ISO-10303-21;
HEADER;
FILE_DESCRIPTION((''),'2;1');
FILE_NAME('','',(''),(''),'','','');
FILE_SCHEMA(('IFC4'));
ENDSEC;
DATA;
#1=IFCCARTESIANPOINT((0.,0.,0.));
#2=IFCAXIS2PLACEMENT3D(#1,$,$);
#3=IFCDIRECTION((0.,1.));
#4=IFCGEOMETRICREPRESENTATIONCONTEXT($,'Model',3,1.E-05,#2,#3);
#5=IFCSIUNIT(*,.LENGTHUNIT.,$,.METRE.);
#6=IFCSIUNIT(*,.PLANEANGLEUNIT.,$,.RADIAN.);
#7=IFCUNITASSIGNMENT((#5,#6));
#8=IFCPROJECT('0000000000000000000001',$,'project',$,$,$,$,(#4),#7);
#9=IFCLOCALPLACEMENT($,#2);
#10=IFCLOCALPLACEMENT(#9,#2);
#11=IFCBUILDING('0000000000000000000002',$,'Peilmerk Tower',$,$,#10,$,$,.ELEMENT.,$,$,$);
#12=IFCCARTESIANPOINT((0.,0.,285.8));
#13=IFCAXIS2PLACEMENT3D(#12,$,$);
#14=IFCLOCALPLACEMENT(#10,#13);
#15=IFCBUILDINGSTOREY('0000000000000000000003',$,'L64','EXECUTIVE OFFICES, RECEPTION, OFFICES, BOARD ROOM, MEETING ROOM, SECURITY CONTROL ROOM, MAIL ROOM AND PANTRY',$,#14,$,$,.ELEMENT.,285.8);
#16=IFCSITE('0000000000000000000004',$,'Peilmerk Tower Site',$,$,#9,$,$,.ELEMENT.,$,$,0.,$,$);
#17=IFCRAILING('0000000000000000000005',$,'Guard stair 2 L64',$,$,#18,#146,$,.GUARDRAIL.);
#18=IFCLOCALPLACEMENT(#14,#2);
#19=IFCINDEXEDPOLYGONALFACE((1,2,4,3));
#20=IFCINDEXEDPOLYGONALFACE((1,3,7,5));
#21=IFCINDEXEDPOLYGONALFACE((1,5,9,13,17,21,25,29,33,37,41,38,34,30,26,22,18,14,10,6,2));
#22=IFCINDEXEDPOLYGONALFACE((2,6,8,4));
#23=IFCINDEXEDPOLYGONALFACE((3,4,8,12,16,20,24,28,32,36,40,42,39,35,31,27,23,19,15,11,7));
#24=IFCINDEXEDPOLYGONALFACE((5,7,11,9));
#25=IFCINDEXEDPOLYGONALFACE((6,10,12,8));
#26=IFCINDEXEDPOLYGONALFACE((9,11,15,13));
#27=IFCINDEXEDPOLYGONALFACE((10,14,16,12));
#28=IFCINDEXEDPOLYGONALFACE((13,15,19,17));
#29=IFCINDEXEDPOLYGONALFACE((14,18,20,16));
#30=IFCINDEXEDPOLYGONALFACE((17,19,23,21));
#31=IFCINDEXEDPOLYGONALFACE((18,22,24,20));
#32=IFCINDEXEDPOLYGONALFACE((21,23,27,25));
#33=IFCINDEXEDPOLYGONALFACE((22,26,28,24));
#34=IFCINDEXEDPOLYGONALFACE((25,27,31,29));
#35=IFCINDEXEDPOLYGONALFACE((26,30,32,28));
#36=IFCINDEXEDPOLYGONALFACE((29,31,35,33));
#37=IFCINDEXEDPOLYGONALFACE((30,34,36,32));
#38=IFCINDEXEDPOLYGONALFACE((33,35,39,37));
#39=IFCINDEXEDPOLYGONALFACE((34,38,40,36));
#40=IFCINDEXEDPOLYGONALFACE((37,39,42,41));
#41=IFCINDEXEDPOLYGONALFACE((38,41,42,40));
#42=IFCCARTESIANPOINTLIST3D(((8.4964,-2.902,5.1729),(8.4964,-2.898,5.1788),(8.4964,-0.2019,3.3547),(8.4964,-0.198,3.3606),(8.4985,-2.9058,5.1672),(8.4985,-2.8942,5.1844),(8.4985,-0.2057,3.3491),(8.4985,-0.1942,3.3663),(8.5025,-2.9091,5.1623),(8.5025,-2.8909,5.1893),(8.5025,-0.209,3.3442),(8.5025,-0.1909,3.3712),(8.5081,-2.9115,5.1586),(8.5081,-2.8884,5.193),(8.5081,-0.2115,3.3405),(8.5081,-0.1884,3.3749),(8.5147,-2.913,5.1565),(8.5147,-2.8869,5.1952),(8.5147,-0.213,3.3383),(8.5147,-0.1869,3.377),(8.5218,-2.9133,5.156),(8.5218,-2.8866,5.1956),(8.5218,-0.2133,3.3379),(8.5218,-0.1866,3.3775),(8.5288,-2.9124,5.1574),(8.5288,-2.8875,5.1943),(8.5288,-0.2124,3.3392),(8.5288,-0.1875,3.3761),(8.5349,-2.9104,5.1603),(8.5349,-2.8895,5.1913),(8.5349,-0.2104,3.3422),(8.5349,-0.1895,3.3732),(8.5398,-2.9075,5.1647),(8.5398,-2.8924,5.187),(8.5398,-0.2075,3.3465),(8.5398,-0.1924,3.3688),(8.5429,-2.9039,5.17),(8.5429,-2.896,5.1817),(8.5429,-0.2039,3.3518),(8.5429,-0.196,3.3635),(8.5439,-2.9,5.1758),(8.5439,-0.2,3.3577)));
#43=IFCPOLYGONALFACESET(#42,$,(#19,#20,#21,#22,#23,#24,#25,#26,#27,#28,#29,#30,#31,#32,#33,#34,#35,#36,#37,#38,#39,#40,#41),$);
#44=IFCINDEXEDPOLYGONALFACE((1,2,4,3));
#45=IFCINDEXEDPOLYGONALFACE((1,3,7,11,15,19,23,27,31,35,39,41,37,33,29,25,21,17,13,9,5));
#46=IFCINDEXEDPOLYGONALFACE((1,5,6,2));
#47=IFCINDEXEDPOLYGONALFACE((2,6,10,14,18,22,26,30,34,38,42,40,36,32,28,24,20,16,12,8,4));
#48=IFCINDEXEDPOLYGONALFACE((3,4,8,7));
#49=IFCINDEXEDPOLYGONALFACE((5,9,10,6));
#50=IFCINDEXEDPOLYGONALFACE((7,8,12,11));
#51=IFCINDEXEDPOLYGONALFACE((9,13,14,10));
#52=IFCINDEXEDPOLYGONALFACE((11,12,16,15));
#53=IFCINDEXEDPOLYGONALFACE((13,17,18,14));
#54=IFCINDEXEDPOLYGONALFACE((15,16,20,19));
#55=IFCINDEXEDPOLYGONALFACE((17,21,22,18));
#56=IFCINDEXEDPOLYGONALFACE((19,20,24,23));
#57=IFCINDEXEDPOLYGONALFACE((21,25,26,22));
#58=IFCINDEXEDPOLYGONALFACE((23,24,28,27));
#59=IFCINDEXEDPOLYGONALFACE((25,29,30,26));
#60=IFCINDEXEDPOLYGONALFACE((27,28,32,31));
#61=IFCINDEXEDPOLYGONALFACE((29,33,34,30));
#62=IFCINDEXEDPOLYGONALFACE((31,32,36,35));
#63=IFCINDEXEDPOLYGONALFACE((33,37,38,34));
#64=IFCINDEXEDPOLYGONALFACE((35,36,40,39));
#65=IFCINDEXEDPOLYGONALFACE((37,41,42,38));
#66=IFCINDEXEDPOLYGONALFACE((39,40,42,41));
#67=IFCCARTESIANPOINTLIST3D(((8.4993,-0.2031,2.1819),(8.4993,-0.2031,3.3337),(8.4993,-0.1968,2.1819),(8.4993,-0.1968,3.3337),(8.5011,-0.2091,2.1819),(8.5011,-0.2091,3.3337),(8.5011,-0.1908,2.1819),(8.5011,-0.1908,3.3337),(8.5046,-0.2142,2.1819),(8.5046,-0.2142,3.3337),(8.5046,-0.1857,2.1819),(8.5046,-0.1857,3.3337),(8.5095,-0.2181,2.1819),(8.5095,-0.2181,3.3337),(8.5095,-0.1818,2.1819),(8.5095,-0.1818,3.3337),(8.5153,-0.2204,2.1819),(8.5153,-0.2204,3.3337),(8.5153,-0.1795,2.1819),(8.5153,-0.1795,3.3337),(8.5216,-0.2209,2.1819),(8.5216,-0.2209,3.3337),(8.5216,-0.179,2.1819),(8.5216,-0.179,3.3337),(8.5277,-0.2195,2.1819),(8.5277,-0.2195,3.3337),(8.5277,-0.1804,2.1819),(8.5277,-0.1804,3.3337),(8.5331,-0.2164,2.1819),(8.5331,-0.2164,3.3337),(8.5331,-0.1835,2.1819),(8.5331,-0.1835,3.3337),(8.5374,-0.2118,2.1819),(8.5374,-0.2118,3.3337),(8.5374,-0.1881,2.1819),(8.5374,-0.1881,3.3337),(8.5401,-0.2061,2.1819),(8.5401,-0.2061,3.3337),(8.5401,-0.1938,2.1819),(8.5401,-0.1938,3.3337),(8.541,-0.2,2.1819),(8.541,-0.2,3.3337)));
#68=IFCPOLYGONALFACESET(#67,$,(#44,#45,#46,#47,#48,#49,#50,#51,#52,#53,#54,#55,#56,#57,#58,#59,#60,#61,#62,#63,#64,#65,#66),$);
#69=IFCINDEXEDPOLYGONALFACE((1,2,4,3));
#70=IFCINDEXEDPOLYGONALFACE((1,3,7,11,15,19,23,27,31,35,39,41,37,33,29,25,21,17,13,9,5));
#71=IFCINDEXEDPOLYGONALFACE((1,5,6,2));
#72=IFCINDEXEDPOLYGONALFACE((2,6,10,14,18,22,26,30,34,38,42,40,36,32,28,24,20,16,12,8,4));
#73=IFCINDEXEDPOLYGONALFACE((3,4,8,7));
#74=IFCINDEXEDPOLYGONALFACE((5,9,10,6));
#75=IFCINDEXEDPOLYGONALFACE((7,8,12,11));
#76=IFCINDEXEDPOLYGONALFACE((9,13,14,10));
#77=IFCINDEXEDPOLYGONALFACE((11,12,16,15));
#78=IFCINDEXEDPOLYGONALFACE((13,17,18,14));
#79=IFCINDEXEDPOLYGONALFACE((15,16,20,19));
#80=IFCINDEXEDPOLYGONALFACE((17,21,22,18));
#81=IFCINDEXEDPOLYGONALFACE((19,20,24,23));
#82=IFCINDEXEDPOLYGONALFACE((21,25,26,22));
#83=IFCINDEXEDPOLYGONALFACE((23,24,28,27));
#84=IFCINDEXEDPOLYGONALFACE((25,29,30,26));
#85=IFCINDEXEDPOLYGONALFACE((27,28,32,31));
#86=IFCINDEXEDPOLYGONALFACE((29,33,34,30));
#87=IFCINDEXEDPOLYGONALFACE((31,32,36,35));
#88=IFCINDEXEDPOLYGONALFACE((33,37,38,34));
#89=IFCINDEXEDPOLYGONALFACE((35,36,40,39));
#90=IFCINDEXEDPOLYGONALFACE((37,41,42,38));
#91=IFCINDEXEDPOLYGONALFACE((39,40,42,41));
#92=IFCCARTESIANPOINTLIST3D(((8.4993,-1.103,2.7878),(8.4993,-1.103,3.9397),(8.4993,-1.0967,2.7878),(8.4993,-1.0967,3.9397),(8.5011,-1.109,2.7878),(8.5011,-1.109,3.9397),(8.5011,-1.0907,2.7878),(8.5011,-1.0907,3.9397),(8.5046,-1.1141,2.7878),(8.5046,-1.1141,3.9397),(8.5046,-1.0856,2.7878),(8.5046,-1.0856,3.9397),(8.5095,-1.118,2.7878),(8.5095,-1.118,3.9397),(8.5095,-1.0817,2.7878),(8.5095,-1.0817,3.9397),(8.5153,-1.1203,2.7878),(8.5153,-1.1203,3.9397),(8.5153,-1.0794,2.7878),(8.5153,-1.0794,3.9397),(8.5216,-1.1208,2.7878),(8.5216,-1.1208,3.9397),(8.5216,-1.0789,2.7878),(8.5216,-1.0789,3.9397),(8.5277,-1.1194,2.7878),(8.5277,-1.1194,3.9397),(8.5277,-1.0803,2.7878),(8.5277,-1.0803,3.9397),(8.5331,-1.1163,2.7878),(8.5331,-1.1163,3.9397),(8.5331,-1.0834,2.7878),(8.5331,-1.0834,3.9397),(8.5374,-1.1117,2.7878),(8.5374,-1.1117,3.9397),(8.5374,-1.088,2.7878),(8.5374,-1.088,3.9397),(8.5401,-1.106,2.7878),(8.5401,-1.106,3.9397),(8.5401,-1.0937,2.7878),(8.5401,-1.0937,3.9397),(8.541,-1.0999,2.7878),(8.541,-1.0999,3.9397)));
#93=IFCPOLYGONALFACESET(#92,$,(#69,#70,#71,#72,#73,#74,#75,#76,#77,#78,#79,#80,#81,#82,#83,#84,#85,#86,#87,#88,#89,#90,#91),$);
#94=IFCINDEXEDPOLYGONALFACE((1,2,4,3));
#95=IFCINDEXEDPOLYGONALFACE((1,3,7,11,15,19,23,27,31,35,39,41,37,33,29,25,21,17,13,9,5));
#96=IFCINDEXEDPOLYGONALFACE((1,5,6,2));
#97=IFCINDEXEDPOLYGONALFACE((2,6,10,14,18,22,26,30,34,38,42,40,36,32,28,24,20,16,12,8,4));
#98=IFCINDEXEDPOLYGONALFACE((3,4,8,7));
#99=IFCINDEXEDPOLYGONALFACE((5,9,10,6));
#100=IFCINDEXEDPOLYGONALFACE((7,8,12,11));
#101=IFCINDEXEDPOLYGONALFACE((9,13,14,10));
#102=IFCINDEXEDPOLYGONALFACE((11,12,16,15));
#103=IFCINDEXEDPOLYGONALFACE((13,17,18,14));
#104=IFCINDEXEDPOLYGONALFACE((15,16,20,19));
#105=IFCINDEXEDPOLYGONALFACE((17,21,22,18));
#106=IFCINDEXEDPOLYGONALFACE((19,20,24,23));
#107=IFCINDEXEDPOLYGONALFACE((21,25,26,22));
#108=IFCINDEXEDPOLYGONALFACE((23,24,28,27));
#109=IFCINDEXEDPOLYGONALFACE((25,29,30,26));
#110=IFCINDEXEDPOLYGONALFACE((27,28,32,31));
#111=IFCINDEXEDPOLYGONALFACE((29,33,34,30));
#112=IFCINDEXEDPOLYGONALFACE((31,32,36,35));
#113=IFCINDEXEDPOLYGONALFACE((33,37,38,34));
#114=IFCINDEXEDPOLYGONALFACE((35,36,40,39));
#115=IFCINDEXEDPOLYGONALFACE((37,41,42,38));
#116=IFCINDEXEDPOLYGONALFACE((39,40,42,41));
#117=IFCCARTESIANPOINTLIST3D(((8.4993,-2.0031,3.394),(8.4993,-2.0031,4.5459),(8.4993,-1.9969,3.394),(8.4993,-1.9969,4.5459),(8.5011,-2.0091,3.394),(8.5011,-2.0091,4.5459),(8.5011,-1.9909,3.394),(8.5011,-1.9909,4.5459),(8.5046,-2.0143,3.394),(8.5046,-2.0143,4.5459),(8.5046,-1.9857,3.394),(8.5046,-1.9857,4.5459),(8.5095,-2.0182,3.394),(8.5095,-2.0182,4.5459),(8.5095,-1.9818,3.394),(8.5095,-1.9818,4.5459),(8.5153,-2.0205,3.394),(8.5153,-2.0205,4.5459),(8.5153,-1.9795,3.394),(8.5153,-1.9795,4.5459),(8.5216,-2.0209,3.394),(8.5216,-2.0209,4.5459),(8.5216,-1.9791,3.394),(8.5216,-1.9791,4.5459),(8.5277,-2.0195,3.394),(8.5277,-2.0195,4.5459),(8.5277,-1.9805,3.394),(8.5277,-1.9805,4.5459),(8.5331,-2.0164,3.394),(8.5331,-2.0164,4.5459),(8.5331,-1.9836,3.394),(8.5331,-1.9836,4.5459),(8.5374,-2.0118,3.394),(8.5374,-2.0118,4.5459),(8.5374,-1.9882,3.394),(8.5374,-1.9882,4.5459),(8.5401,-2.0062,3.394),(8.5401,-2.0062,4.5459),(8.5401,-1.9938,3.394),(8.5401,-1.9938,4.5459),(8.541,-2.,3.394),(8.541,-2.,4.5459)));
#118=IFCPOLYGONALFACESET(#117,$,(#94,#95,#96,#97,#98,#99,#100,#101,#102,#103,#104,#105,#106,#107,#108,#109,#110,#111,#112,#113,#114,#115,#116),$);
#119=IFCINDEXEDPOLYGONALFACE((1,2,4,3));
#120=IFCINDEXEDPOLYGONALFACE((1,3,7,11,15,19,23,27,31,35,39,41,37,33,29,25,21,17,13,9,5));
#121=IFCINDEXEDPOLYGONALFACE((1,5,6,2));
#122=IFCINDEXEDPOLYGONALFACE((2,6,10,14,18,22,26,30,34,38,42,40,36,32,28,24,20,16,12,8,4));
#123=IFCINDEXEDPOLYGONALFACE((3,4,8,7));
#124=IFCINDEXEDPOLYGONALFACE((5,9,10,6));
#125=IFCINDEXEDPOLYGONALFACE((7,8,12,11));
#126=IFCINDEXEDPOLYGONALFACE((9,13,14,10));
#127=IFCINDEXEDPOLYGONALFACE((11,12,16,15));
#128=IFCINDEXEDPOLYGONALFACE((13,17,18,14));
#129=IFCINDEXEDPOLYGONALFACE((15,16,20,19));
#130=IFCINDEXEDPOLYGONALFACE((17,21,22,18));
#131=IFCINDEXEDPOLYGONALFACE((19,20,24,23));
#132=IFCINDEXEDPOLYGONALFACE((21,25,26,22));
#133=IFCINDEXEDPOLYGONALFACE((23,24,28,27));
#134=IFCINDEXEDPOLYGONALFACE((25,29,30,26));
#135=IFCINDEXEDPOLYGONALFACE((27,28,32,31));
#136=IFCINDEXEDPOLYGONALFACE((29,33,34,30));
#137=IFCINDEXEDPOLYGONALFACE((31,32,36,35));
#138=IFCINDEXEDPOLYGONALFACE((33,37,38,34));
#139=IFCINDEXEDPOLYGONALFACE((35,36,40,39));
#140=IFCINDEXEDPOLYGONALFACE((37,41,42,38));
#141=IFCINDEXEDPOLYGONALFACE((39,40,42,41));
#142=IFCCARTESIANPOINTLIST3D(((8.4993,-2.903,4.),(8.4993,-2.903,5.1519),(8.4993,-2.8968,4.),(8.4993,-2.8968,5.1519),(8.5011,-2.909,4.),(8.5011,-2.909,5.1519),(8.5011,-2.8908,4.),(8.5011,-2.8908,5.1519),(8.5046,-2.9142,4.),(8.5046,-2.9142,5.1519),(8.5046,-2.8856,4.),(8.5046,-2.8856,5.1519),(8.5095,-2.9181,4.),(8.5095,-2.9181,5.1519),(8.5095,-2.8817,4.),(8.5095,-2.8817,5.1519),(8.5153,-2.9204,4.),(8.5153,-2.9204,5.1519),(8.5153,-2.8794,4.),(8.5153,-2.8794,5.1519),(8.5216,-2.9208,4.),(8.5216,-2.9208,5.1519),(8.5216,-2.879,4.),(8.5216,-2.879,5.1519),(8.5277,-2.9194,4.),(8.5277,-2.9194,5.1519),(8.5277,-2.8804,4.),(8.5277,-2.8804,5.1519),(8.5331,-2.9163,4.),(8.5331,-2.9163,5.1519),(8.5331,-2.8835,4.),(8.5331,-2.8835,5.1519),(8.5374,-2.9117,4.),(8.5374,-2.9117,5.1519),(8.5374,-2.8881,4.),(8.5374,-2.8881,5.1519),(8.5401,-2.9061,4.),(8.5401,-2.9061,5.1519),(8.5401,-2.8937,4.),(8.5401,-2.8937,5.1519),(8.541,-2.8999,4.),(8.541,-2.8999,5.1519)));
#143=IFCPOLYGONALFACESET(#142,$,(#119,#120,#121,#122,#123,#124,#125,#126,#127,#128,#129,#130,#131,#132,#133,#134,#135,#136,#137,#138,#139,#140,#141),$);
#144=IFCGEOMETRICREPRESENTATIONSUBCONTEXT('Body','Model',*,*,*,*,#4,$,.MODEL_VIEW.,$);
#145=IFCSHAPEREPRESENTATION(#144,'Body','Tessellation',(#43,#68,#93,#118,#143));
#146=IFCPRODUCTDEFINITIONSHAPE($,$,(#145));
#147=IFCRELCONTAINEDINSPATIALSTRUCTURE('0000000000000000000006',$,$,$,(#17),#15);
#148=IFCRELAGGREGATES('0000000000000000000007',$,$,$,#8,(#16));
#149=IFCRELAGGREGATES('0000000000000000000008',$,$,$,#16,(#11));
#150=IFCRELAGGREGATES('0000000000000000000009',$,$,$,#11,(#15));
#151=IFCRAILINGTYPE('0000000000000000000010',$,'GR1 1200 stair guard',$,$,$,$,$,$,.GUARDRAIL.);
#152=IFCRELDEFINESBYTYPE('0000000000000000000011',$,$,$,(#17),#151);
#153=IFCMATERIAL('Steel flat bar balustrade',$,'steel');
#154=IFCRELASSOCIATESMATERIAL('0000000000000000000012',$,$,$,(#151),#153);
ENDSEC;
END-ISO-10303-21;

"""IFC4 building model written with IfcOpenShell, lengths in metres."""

from ifc_helpers import new_model, si_unit, direction, frame, origin, origin_2d, place, context, subcontext, project, spatial, circle, extrude, material, type_object, element, save


model = new_model("IFC4")

# Units and contexts
model_context = context("Model", 3, precision=1e-05, world=origin(), true_north=direction((0.0, 1.0)))
body_context = subcontext(model_context, "Body", "Model", "MODEL_VIEW")
ifc_project = project(units=[si_unit("LENGTHUNIT", "METRE"), si_unit("PLANEANGLEUNIT", "RADIAN")], contexts=[model_context])

# Site, building, storey
site_placement = place(None, origin())
site = spatial("IfcSite", under=ifc_project, at=site_placement, Name="Peilmerk Tower Site", CompositionType="ELEMENT", RefElevation=0.0)
building_placement = place(site_placement, origin())
building = spatial("IfcBuilding", under=site, at=building_placement, Name="Peilmerk Tower", CompositionType="ELEMENT")
storey_placement = place(building_placement, frame((0.0, 0.0, 285.8)))
storey = spatial("IfcBuildingStorey", under=building, at=storey_placement, Name="L64", Description="EXECUTIVE OFFICES, RECEPTION, OFFICES, BOARD ROOM, MEETING ROOM, SECURITY CONTROL ROOM, MAIL ROOM AND PANTRY", CompositionType="ELEMENT", Elevation=285.8)

# Railing
ifc_material_1 = material(Name="Steel flat bar balustrade", Category="steel")
railing_type_1 = type_object("IfcRailingType", Name="GR1 1200 stair guard", PredefinedType="GUARDRAIL", material=ifc_material_1)
railing_1_placement = place(storey_placement, frame((8.52, -0.2, 2.1819)))
element("IfcRailing", 1, at=railing_1_placement, inside=storey, type_object=railing_type_1, Name="Guard stair 2 L64", PredefinedType="GUARDRAIL", context=body_context, shape_type="SweptSolid", body=[
    extrude(circle(Radius=0.0239, at=origin_2d()), frame((0.0, 0.0, 1.1758), z_axis=(0.0, -0.829468, 0.558554), x_axis=(1.0, 0.0, 0.0)), (0.0, 0.0, 1.0), 3.2551),
    extrude(circle(Radius=0.021, at=origin_2d()), origin(), (0.0, 0.0, 1.0), 1.1519),
    extrude(circle(Radius=0.021, at=origin_2d()), frame((0.0, -0.8999, 0.606)), (0.0, 0.0, 1.0), 1.1519),
    extrude(circle(Radius=0.021, at=origin_2d()), frame((0.0, -1.8, 1.2122)), (0.0, 0.0, 1.0), 1.1519),
    extrude(circle(Radius=0.021, at=origin_2d()), frame((0.0, -2.7, 1.8181)), (0.0, 0.0, 1.0), 1.1519),
])

save(model, "model.ifc")
